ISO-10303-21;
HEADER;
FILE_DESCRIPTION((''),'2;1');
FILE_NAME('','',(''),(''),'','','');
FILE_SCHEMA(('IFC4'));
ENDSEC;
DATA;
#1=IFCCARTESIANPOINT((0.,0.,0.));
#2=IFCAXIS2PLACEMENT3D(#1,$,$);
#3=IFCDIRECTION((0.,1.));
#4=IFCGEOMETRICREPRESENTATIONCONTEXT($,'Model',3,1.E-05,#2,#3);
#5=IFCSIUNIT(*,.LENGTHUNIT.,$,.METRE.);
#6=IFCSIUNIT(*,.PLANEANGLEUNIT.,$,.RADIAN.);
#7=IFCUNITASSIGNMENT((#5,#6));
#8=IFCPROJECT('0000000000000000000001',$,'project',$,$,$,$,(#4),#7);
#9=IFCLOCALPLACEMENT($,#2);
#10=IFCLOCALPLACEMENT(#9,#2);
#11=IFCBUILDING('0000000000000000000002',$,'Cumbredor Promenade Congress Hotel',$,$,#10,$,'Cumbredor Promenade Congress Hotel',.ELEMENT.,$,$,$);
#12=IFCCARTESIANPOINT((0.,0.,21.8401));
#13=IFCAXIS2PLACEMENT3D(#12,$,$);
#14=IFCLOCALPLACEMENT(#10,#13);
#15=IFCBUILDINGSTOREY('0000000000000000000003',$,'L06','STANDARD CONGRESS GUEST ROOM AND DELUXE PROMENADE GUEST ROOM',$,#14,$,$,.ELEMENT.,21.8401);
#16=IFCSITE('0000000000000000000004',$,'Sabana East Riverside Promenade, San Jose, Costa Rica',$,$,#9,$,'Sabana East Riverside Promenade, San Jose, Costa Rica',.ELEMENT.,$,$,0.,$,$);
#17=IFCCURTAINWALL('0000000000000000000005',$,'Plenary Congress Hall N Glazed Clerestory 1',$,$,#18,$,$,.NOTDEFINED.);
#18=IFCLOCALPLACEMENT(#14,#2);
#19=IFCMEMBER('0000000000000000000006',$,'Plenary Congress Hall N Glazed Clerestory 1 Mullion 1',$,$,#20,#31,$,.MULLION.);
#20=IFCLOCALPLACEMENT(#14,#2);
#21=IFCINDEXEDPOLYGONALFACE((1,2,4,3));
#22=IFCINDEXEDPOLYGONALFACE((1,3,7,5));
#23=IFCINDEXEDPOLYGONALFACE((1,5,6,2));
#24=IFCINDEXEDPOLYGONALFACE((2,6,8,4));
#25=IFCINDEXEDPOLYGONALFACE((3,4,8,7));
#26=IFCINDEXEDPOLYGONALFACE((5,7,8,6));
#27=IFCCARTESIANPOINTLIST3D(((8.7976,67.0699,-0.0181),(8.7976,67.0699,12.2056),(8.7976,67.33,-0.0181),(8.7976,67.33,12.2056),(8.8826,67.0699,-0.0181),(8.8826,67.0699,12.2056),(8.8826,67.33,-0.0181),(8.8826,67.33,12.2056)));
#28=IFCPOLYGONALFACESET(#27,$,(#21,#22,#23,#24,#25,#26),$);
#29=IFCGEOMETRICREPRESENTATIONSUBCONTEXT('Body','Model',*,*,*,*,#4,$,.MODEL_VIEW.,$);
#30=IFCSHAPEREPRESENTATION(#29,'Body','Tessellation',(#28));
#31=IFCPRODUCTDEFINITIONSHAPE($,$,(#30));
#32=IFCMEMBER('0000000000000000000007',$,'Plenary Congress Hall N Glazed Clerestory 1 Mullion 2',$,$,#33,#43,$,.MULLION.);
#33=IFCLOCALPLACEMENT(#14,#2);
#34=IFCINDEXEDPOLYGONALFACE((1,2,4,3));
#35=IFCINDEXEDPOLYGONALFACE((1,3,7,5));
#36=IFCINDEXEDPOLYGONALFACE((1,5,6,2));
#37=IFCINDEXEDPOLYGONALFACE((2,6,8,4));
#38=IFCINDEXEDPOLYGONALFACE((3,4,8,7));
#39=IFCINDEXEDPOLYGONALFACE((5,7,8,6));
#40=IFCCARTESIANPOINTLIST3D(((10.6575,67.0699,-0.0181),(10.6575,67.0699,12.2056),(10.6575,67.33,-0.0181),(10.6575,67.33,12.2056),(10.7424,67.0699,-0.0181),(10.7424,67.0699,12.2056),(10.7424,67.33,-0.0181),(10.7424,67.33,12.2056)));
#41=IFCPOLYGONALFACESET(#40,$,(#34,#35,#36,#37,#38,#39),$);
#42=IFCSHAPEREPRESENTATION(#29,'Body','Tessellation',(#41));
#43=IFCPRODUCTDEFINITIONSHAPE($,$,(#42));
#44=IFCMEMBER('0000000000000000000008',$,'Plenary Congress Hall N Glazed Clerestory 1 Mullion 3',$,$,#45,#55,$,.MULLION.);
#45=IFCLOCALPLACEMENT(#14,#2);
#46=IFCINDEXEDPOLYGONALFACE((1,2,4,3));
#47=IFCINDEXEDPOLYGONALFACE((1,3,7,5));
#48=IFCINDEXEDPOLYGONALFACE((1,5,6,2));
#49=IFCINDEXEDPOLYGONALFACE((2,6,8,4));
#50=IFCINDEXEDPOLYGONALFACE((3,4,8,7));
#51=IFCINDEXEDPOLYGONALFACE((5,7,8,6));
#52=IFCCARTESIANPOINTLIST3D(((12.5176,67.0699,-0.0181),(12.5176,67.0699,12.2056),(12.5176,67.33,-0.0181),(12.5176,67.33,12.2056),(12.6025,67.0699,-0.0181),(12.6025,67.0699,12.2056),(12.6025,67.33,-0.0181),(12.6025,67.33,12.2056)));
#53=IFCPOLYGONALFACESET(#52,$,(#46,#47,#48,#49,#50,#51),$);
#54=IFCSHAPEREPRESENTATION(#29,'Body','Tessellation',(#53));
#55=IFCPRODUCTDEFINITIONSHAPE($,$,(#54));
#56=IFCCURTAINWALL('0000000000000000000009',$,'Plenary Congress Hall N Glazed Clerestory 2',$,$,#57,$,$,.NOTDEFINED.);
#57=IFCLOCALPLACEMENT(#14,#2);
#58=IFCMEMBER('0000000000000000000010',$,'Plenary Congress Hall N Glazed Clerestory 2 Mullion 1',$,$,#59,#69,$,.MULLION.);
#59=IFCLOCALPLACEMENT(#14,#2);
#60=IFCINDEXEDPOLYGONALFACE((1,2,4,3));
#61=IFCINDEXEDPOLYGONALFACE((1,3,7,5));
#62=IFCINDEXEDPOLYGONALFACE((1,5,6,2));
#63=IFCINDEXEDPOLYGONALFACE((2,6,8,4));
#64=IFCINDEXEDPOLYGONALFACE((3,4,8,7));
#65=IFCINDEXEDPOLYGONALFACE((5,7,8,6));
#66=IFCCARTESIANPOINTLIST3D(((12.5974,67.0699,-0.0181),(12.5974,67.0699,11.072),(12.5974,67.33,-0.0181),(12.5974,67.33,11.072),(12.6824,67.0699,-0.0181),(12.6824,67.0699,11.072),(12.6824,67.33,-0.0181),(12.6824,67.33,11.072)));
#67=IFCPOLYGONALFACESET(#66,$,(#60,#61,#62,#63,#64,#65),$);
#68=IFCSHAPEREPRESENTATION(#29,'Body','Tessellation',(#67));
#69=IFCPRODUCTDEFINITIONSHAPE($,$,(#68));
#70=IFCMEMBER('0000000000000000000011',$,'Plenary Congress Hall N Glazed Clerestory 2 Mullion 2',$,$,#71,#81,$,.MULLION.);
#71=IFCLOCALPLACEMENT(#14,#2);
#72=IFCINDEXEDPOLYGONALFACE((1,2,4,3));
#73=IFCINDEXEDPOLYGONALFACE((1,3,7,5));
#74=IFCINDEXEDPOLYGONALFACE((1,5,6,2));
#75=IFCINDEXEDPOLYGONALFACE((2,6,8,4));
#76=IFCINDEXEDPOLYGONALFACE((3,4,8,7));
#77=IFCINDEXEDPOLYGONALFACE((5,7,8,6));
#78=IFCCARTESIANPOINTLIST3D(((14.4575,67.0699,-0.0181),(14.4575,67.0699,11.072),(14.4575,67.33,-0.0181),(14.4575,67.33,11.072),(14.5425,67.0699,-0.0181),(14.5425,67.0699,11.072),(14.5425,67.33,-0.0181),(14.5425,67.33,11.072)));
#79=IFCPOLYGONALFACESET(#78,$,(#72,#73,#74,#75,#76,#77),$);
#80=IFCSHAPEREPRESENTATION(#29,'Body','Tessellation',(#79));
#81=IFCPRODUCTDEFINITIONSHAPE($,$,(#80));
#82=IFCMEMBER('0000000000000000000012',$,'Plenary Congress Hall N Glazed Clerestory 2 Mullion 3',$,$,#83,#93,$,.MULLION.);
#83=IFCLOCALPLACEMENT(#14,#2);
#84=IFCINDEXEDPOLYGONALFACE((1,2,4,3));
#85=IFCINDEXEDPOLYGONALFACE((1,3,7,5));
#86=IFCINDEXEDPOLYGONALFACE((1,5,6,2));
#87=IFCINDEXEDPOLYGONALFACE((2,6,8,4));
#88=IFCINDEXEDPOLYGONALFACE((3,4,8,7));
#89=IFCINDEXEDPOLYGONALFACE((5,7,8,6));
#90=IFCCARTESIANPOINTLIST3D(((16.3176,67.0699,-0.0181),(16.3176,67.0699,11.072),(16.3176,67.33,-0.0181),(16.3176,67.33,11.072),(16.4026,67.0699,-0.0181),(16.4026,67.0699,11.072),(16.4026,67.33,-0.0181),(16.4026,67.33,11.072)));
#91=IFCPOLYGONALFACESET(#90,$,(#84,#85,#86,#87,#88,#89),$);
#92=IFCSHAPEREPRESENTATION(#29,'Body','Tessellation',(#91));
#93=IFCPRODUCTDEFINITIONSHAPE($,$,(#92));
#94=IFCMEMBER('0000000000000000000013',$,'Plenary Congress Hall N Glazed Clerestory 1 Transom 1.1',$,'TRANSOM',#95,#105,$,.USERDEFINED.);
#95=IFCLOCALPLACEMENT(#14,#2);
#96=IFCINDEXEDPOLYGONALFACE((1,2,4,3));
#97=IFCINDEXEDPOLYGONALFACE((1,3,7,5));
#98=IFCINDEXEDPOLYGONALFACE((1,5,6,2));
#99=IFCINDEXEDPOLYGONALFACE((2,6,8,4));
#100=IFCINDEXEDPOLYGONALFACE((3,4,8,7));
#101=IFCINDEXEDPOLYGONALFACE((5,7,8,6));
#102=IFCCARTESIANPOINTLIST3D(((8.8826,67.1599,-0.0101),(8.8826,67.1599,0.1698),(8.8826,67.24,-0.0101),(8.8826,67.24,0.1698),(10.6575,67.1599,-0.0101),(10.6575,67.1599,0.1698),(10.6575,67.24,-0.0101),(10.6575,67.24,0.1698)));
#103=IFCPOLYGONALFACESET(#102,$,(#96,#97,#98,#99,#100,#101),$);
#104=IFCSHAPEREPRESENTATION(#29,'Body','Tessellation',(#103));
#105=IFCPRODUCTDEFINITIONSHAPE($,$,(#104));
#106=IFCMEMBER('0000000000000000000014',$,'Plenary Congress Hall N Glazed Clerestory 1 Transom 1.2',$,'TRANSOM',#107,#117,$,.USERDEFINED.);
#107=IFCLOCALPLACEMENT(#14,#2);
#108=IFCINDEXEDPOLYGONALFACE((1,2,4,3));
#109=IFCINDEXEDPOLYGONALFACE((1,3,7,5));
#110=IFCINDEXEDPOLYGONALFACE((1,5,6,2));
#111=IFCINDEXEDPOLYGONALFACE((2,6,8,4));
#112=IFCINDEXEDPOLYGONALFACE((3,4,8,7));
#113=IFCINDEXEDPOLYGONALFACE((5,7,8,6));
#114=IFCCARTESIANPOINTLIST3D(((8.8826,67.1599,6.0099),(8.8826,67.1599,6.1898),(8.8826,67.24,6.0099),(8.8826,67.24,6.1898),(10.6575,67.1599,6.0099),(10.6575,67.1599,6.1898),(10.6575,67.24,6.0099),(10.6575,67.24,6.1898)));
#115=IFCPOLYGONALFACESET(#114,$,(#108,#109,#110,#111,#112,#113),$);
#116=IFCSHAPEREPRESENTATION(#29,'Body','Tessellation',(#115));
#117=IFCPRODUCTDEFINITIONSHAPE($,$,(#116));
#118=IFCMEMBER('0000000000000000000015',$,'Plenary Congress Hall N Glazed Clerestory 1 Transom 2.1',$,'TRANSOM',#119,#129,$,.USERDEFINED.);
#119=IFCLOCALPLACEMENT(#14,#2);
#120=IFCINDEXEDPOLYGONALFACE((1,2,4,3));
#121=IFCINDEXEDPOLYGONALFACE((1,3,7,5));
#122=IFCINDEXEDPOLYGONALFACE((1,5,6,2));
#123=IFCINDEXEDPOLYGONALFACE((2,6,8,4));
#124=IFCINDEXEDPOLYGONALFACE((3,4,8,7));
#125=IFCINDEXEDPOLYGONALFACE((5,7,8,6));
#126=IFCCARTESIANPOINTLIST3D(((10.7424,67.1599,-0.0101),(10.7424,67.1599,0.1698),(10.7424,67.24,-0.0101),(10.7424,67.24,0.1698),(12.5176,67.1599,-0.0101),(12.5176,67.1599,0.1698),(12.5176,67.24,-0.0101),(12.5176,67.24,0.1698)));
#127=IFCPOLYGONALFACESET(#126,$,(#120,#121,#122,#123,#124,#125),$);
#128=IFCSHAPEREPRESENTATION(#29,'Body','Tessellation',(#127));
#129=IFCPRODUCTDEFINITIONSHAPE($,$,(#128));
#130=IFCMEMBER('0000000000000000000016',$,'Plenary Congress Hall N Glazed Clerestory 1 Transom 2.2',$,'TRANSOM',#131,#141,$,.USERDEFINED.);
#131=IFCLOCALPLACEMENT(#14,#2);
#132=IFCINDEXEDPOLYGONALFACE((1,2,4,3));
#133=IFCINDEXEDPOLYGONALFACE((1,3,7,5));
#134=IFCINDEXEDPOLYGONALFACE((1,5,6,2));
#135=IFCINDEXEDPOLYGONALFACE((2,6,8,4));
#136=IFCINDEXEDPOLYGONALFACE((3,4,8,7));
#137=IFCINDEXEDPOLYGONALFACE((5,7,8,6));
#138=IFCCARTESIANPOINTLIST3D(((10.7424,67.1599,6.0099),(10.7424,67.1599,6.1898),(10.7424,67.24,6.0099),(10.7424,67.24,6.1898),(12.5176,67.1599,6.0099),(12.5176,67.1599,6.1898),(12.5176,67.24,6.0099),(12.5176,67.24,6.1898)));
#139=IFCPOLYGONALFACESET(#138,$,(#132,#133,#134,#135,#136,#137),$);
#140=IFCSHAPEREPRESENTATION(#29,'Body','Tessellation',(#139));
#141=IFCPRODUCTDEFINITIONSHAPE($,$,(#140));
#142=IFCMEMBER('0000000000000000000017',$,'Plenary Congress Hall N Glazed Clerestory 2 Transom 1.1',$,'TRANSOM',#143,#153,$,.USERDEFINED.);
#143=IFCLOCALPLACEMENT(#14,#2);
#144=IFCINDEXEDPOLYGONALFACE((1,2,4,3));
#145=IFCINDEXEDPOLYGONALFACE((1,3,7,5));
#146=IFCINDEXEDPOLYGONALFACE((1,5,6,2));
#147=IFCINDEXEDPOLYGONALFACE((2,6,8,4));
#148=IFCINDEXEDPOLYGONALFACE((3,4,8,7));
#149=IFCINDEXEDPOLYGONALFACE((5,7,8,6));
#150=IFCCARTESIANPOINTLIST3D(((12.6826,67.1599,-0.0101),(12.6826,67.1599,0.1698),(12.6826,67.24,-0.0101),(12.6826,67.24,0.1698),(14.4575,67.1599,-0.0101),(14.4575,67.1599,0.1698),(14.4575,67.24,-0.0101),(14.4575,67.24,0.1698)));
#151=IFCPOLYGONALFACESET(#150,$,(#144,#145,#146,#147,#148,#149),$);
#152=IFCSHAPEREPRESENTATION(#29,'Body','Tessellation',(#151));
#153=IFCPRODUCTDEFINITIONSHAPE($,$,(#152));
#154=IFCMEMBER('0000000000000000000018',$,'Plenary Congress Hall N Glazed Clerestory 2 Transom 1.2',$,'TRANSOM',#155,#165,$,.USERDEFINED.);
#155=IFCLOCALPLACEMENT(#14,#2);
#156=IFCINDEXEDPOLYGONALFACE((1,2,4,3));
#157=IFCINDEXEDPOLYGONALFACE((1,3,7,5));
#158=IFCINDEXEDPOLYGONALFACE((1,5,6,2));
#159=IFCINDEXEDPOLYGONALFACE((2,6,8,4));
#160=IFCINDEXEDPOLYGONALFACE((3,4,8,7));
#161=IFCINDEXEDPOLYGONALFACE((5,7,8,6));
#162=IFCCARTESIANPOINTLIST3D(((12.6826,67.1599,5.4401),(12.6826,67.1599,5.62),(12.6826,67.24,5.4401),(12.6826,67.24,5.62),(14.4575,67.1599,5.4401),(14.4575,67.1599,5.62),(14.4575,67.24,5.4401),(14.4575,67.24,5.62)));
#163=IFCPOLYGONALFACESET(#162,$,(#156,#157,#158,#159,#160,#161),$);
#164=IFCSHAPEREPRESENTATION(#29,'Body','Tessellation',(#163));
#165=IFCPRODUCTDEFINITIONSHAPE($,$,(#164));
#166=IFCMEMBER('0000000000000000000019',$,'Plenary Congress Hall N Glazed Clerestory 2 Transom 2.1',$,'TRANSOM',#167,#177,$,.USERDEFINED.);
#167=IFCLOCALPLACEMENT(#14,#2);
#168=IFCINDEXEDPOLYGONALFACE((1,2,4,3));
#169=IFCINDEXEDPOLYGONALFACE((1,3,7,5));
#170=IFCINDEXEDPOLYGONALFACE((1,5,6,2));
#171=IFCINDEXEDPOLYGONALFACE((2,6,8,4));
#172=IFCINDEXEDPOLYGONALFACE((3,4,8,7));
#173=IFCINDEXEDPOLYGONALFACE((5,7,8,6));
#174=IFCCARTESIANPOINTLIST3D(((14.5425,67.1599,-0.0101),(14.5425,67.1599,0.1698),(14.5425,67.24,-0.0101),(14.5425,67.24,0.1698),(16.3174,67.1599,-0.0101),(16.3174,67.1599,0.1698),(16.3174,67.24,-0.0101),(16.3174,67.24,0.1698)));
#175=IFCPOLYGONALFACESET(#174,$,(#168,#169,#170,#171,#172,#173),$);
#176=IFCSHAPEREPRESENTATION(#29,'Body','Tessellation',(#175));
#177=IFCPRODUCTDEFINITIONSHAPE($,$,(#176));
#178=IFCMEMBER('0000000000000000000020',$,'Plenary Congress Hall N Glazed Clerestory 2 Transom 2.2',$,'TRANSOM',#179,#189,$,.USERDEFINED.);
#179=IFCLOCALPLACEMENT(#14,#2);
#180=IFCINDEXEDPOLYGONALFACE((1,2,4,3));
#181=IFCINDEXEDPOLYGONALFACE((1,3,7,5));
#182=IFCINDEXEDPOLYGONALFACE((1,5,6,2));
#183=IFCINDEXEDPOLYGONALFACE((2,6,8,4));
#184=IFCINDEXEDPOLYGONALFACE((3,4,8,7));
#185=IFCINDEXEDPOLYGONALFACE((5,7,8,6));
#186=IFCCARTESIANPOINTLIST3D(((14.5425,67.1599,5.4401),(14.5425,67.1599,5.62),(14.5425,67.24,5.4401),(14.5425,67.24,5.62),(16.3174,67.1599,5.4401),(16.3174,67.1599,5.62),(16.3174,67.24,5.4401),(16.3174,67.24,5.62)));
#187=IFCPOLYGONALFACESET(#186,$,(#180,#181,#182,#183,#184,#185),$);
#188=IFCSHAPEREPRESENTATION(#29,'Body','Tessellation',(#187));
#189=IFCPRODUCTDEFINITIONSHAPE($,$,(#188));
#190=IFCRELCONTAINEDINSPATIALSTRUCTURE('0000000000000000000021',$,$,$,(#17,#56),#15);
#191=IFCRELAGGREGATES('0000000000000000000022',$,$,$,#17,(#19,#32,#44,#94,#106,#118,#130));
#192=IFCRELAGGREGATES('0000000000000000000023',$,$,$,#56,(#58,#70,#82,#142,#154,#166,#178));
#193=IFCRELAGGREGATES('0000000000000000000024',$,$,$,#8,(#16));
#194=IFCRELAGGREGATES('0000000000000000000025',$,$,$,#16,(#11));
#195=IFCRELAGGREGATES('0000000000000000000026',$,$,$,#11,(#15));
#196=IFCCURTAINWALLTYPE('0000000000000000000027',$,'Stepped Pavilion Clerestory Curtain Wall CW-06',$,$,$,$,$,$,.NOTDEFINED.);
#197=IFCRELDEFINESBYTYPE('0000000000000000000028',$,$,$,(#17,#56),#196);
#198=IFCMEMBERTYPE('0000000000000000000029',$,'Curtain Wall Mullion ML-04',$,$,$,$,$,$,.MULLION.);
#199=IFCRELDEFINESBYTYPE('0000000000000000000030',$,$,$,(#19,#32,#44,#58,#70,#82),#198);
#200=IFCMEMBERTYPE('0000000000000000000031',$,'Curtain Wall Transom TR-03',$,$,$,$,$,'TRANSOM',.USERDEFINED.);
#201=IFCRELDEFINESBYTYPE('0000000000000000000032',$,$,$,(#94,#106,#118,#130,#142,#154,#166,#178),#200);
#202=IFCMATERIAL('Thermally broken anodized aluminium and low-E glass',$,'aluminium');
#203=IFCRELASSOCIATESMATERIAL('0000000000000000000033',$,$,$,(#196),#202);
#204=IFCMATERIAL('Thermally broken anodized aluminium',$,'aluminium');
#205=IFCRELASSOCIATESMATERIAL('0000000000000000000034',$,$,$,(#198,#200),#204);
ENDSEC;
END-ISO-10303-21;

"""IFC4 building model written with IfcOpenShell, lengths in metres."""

from ifc_helpers import new_model, si_unit, direction, frame, origin, origin_2d, place, context, subcontext, project, spatial, rectangle, extrude, material, material_profile, profile_set, type_object, element, aggregate, save


model = new_model("IFC4")

# Units and contexts
model_context = context("Model", 3, precision=1e-05, world=origin(), true_north=direction((0.0, 1.0)))
body_context = subcontext(model_context, "Body", "Model", "MODEL_VIEW")
ifc_project = project(units=[si_unit("LENGTHUNIT", "METRE"), si_unit("PLANEANGLEUNIT", "RADIAN")], contexts=[model_context])

# Site, building, storey
site_placement = place(None, origin())
site = spatial("IfcSite", under=ifc_project, at=site_placement, Name="Sabana East Riverside Promenade, San Jose, Costa Rica", LongName="Sabana East Riverside Promenade, San Jose, Costa Rica", CompositionType="ELEMENT", RefElevation=0.0)
building_placement = place(site_placement, origin())
building = spatial("IfcBuilding", under=site, at=building_placement, Name="Cumbredor Promenade Congress Hotel", LongName="Cumbredor Promenade Congress Hotel", CompositionType="ELEMENT")
storey_placement = place(building_placement, frame((0.0, 0.0, 21.8401)))
storey = spatial("IfcBuildingStorey", under=building, at=storey_placement, Name="L06", Description="STANDARD CONGRESS GUEST ROOM AND DELUXE PROMENADE GUEST ROOM", CompositionType="ELEMENT", Elevation=21.8401)

# Curtain walls, members
ifc_material_1 = material(Name="Thermally broken anodized aluminium and low-E glass", Category="aluminium")
curtain_wall_type = type_object("IfcCurtainWallType", Name="Stepped Pavilion Clerestory Curtain Wall CW-06", PredefinedType="NOTDEFINED", material=ifc_material_1)
curtain_wall_1_placement = place(storey_placement, origin())
curtain_wall_1 = element("IfcCurtainWall", 1, at=curtain_wall_1_placement, inside=storey, type_object=curtain_wall_type, Name="Plenary Congress Hall N Glazed Clerestory 1", PredefinedType="NOTDEFINED")
ifc_material_2 = material(Name="Thermally broken anodized aluminium", Category="aluminium")
ifc_material_profile_1 = material_profile(ifc_material_2, rectangle(XDim=0.085, YDim=0.26, at=origin_2d()), Name="ALU MULLION CLERESTORY 85x260")
ifc_profile_set_1 = profile_set([ifc_material_profile_1], Name="Thermally broken anodized aluminium")
member_type_1 = type_object("IfcMemberType", Name="Curtain Wall Mullion ML-04", PredefinedType="MULLION", material=ifc_profile_set_1)
member_1_placement = place(storey_placement, frame((8.8401, 67.2, -0.0181), z_axis=(0.0, 0.0, 1.0), x_axis=(1.0, 0.0, 0.0)))
member_1 = element("IfcMember", 2, at=member_1_placement, type_object=member_type_1, Name="Plenary Congress Hall N Glazed Clerestory 1 Mullion 1", PredefinedType="MULLION", context=body_context, shape_type="SweptSolid", body=[
    extrude(rectangle(XDim=0.085, YDim=0.26, at=origin_2d()), origin(), (0.0, 0.0, 1.0), 12.2236),
])
member_2_placement = place(storey_placement, frame((10.7, 67.2, -0.0181), z_axis=(0.0, 0.0, 1.0), x_axis=(1.0, 0.0, 0.0)))
member_2 = element("IfcMember", 3, at=member_2_placement, type_object=member_type_1, Name="Plenary Congress Hall N Glazed Clerestory 1 Mullion 2", PredefinedType="MULLION", context=body_context, shape_type="SweptSolid", body=[
    extrude(rectangle(XDim=0.085, YDim=0.26, at=origin_2d()), origin(), (0.0, 0.0, 1.0), 12.2236),
])
member_3_placement = place(storey_placement, frame((12.5601, 67.2, -0.0181), z_axis=(0.0, 0.0, 1.0), x_axis=(1.0, 0.0, 0.0)))
member_3 = element("IfcMember", 4, at=member_3_placement, type_object=member_type_1, Name="Plenary Congress Hall N Glazed Clerestory 1 Mullion 3", PredefinedType="MULLION", context=body_context, shape_type="SweptSolid", body=[
    extrude(rectangle(XDim=0.085, YDim=0.26, at=origin_2d()), origin(), (0.0, 0.0, 1.0), 12.2236),
])
curtain_wall_2_placement = place(storey_placement, origin())
curtain_wall_2 = element("IfcCurtainWall", 5, at=curtain_wall_2_placement, inside=storey, type_object=curtain_wall_type, Name="Plenary Congress Hall N Glazed Clerestory 2", PredefinedType="NOTDEFINED")
member_4_placement = place(storey_placement, frame((12.6399, 67.2, -0.0181), z_axis=(0.0, 0.0, 1.0), x_axis=(1.0, 0.0, 0.0)))
member_4 = element("IfcMember", 6, at=member_4_placement, type_object=member_type_1, Name="Plenary Congress Hall N Glazed Clerestory 2 Mullion 1", PredefinedType="MULLION", context=body_context, shape_type="SweptSolid", body=[
    extrude(rectangle(XDim=0.085, YDim=0.26, at=origin_2d()), origin(), (0.0, 0.0, 1.0), 11.0901),
])
member_5_placement = place(storey_placement, frame((14.5, 67.2, -0.0181), z_axis=(0.0, 0.0, 1.0), x_axis=(1.0, 0.0, 0.0)))
member_5 = element("IfcMember", 7, at=member_5_placement, type_object=member_type_1, Name="Plenary Congress Hall N Glazed Clerestory 2 Mullion 2", PredefinedType="MULLION", context=body_context, shape_type="SweptSolid", body=[
    extrude(rectangle(XDim=0.085, YDim=0.26, at=origin_2d()), origin(), (0.0, 0.0, 1.0), 11.0901),
])
member_6_placement = place(storey_placement, frame((16.3601, 67.2, -0.0181), z_axis=(0.0, 0.0, 1.0), x_axis=(1.0, 0.0, 0.0)))
member_6 = element("IfcMember", 8, at=member_6_placement, type_object=member_type_1, Name="Plenary Congress Hall N Glazed Clerestory 2 Mullion 3", PredefinedType="MULLION", context=body_context, shape_type="SweptSolid", body=[
    extrude(rectangle(XDim=0.085, YDim=0.26, at=origin_2d()), origin(), (0.0, 0.0, 1.0), 11.0901),
])

# Members
ifc_material_profile_2 = material_profile(ifc_material_2, rectangle(XDim=0.0801, YDim=0.1799, at=origin_2d()), Name="ALU TRANSOM 80x180")
ifc_profile_set_2 = profile_set([ifc_material_profile_2], Name="Thermally broken anodized aluminium")
member_type_2 = type_object("IfcMemberType", Name="Curtain Wall Transom TR-03", ElementType="TRANSOM", PredefinedType="USERDEFINED", material=ifc_profile_set_2)
member_7_placement = place(storey_placement, frame((8.8826, 67.2, 0.0798), z_axis=(1.0, 0.0, 0.0), x_axis=(0.0, 1.0, 0.0)))
member_7 = element("IfcMember", 9, at=member_7_placement, type_object=member_type_2, Name="Plenary Congress Hall N Glazed Clerestory 1 Transom 1.1", ObjectType="TRANSOM", PredefinedType="USERDEFINED", context=body_context, shape_type="SweptSolid", body=[
    extrude(rectangle(XDim=0.0801, YDim=0.1799, at=origin_2d()), origin(), (0.0, 0.0, 1.0), 1.7749),
])
member_8_placement = place(storey_placement, frame((8.8826, 67.2, 6.0999), z_axis=(1.0, 0.0, 0.0), x_axis=(0.0, 1.0, 0.0)))
member_8 = element("IfcMember", 10, at=member_8_placement, type_object=member_type_2, Name="Plenary Congress Hall N Glazed Clerestory 1 Transom 1.2", ObjectType="TRANSOM", PredefinedType="USERDEFINED", context=body_context, shape_type="SweptSolid", body=[
    extrude(rectangle(XDim=0.0801, YDim=0.1799, at=origin_2d()), origin(), (0.0, 0.0, 1.0), 1.7749),
])
member_9_placement = place(storey_placement, frame((10.7424, 67.2, 0.0798), z_axis=(1.0, 0.0, 0.0), x_axis=(0.0, 1.0, 0.0)))
member_9 = element("IfcMember", 11, at=member_9_placement, type_object=member_type_2, Name="Plenary Congress Hall N Glazed Clerestory 1 Transom 2.1", ObjectType="TRANSOM", PredefinedType="USERDEFINED", context=body_context, shape_type="SweptSolid", body=[
    extrude(rectangle(XDim=0.0801, YDim=0.1799, at=origin_2d()), origin(), (0.0, 0.0, 1.0), 1.7751),
])
member_10_placement = place(storey_placement, frame((10.7424, 67.2, 6.0999), z_axis=(1.0, 0.0, 0.0), x_axis=(0.0, 1.0, 0.0)))
member_10 = element("IfcMember", 12, at=member_10_placement, type_object=member_type_2, Name="Plenary Congress Hall N Glazed Clerestory 1 Transom 2.2", ObjectType="TRANSOM", PredefinedType="USERDEFINED", context=body_context, shape_type="SweptSolid", body=[
    extrude(rectangle(XDim=0.0801, YDim=0.1799, at=origin_2d()), origin(), (0.0, 0.0, 1.0), 1.7751),
])
member_11_placement = place(storey_placement, frame((12.6826, 67.2, 0.0798), z_axis=(1.0, 0.0, 0.0), x_axis=(0.0, 1.0, 0.0)))
member_11 = element("IfcMember", 13, at=member_11_placement, type_object=member_type_2, Name="Plenary Congress Hall N Glazed Clerestory 2 Transom 1.1", ObjectType="TRANSOM", PredefinedType="USERDEFINED", context=body_context, shape_type="SweptSolid", body=[
    extrude(rectangle(XDim=0.0801, YDim=0.1799, at=origin_2d()), origin(), (0.0, 0.0, 1.0), 1.7749),
])
member_12_placement = place(storey_placement, frame((12.6826, 67.2, 5.53), z_axis=(1.0, 0.0, 0.0), x_axis=(0.0, 1.0, 0.0)))
member_12 = element("IfcMember", 14, at=member_12_placement, type_object=member_type_2, Name="Plenary Congress Hall N Glazed Clerestory 2 Transom 1.2", ObjectType="TRANSOM", PredefinedType="USERDEFINED", context=body_context, shape_type="SweptSolid", body=[
    extrude(rectangle(XDim=0.0801, YDim=0.1799, at=origin_2d()), origin(), (0.0, 0.0, 1.0), 1.7749),
])
member_13_placement = place(storey_placement, frame((14.5425, 67.2, 0.0798), z_axis=(1.0, 0.0, 0.0), x_axis=(0.0, 1.0, 0.0)))
member_13 = element("IfcMember", 15, at=member_13_placement, type_object=member_type_2, Name="Plenary Congress Hall N Glazed Clerestory 2 Transom 2.1", ObjectType="TRANSOM", PredefinedType="USERDEFINED", context=body_context, shape_type="SweptSolid", body=[
    extrude(rectangle(XDim=0.0801, YDim=0.1799, at=origin_2d()), origin(), (0.0, 0.0, 1.0), 1.7749),
])
member_14_placement = place(storey_placement, frame((14.5425, 67.2, 5.53), z_axis=(1.0, 0.0, 0.0), x_axis=(0.0, 1.0, 0.0)))
member_14 = element("IfcMember", 16, at=member_14_placement, type_object=member_type_2, Name="Plenary Congress Hall N Glazed Clerestory 2 Transom 2.2", ObjectType="TRANSOM", PredefinedType="USERDEFINED", context=body_context, shape_type="SweptSolid", body=[
    extrude(rectangle(XDim=0.0801, YDim=0.1799, at=origin_2d()), origin(), (0.0, 0.0, 1.0), 1.7749),
])

aggregate(curtain_wall_1, [member_1, member_2, member_3, member_7, member_8, member_9, member_10])
aggregate(curtain_wall_2, [member_4, member_5, member_6, member_11, member_12, member_13, member_14])

save(model, "model.ifc")
